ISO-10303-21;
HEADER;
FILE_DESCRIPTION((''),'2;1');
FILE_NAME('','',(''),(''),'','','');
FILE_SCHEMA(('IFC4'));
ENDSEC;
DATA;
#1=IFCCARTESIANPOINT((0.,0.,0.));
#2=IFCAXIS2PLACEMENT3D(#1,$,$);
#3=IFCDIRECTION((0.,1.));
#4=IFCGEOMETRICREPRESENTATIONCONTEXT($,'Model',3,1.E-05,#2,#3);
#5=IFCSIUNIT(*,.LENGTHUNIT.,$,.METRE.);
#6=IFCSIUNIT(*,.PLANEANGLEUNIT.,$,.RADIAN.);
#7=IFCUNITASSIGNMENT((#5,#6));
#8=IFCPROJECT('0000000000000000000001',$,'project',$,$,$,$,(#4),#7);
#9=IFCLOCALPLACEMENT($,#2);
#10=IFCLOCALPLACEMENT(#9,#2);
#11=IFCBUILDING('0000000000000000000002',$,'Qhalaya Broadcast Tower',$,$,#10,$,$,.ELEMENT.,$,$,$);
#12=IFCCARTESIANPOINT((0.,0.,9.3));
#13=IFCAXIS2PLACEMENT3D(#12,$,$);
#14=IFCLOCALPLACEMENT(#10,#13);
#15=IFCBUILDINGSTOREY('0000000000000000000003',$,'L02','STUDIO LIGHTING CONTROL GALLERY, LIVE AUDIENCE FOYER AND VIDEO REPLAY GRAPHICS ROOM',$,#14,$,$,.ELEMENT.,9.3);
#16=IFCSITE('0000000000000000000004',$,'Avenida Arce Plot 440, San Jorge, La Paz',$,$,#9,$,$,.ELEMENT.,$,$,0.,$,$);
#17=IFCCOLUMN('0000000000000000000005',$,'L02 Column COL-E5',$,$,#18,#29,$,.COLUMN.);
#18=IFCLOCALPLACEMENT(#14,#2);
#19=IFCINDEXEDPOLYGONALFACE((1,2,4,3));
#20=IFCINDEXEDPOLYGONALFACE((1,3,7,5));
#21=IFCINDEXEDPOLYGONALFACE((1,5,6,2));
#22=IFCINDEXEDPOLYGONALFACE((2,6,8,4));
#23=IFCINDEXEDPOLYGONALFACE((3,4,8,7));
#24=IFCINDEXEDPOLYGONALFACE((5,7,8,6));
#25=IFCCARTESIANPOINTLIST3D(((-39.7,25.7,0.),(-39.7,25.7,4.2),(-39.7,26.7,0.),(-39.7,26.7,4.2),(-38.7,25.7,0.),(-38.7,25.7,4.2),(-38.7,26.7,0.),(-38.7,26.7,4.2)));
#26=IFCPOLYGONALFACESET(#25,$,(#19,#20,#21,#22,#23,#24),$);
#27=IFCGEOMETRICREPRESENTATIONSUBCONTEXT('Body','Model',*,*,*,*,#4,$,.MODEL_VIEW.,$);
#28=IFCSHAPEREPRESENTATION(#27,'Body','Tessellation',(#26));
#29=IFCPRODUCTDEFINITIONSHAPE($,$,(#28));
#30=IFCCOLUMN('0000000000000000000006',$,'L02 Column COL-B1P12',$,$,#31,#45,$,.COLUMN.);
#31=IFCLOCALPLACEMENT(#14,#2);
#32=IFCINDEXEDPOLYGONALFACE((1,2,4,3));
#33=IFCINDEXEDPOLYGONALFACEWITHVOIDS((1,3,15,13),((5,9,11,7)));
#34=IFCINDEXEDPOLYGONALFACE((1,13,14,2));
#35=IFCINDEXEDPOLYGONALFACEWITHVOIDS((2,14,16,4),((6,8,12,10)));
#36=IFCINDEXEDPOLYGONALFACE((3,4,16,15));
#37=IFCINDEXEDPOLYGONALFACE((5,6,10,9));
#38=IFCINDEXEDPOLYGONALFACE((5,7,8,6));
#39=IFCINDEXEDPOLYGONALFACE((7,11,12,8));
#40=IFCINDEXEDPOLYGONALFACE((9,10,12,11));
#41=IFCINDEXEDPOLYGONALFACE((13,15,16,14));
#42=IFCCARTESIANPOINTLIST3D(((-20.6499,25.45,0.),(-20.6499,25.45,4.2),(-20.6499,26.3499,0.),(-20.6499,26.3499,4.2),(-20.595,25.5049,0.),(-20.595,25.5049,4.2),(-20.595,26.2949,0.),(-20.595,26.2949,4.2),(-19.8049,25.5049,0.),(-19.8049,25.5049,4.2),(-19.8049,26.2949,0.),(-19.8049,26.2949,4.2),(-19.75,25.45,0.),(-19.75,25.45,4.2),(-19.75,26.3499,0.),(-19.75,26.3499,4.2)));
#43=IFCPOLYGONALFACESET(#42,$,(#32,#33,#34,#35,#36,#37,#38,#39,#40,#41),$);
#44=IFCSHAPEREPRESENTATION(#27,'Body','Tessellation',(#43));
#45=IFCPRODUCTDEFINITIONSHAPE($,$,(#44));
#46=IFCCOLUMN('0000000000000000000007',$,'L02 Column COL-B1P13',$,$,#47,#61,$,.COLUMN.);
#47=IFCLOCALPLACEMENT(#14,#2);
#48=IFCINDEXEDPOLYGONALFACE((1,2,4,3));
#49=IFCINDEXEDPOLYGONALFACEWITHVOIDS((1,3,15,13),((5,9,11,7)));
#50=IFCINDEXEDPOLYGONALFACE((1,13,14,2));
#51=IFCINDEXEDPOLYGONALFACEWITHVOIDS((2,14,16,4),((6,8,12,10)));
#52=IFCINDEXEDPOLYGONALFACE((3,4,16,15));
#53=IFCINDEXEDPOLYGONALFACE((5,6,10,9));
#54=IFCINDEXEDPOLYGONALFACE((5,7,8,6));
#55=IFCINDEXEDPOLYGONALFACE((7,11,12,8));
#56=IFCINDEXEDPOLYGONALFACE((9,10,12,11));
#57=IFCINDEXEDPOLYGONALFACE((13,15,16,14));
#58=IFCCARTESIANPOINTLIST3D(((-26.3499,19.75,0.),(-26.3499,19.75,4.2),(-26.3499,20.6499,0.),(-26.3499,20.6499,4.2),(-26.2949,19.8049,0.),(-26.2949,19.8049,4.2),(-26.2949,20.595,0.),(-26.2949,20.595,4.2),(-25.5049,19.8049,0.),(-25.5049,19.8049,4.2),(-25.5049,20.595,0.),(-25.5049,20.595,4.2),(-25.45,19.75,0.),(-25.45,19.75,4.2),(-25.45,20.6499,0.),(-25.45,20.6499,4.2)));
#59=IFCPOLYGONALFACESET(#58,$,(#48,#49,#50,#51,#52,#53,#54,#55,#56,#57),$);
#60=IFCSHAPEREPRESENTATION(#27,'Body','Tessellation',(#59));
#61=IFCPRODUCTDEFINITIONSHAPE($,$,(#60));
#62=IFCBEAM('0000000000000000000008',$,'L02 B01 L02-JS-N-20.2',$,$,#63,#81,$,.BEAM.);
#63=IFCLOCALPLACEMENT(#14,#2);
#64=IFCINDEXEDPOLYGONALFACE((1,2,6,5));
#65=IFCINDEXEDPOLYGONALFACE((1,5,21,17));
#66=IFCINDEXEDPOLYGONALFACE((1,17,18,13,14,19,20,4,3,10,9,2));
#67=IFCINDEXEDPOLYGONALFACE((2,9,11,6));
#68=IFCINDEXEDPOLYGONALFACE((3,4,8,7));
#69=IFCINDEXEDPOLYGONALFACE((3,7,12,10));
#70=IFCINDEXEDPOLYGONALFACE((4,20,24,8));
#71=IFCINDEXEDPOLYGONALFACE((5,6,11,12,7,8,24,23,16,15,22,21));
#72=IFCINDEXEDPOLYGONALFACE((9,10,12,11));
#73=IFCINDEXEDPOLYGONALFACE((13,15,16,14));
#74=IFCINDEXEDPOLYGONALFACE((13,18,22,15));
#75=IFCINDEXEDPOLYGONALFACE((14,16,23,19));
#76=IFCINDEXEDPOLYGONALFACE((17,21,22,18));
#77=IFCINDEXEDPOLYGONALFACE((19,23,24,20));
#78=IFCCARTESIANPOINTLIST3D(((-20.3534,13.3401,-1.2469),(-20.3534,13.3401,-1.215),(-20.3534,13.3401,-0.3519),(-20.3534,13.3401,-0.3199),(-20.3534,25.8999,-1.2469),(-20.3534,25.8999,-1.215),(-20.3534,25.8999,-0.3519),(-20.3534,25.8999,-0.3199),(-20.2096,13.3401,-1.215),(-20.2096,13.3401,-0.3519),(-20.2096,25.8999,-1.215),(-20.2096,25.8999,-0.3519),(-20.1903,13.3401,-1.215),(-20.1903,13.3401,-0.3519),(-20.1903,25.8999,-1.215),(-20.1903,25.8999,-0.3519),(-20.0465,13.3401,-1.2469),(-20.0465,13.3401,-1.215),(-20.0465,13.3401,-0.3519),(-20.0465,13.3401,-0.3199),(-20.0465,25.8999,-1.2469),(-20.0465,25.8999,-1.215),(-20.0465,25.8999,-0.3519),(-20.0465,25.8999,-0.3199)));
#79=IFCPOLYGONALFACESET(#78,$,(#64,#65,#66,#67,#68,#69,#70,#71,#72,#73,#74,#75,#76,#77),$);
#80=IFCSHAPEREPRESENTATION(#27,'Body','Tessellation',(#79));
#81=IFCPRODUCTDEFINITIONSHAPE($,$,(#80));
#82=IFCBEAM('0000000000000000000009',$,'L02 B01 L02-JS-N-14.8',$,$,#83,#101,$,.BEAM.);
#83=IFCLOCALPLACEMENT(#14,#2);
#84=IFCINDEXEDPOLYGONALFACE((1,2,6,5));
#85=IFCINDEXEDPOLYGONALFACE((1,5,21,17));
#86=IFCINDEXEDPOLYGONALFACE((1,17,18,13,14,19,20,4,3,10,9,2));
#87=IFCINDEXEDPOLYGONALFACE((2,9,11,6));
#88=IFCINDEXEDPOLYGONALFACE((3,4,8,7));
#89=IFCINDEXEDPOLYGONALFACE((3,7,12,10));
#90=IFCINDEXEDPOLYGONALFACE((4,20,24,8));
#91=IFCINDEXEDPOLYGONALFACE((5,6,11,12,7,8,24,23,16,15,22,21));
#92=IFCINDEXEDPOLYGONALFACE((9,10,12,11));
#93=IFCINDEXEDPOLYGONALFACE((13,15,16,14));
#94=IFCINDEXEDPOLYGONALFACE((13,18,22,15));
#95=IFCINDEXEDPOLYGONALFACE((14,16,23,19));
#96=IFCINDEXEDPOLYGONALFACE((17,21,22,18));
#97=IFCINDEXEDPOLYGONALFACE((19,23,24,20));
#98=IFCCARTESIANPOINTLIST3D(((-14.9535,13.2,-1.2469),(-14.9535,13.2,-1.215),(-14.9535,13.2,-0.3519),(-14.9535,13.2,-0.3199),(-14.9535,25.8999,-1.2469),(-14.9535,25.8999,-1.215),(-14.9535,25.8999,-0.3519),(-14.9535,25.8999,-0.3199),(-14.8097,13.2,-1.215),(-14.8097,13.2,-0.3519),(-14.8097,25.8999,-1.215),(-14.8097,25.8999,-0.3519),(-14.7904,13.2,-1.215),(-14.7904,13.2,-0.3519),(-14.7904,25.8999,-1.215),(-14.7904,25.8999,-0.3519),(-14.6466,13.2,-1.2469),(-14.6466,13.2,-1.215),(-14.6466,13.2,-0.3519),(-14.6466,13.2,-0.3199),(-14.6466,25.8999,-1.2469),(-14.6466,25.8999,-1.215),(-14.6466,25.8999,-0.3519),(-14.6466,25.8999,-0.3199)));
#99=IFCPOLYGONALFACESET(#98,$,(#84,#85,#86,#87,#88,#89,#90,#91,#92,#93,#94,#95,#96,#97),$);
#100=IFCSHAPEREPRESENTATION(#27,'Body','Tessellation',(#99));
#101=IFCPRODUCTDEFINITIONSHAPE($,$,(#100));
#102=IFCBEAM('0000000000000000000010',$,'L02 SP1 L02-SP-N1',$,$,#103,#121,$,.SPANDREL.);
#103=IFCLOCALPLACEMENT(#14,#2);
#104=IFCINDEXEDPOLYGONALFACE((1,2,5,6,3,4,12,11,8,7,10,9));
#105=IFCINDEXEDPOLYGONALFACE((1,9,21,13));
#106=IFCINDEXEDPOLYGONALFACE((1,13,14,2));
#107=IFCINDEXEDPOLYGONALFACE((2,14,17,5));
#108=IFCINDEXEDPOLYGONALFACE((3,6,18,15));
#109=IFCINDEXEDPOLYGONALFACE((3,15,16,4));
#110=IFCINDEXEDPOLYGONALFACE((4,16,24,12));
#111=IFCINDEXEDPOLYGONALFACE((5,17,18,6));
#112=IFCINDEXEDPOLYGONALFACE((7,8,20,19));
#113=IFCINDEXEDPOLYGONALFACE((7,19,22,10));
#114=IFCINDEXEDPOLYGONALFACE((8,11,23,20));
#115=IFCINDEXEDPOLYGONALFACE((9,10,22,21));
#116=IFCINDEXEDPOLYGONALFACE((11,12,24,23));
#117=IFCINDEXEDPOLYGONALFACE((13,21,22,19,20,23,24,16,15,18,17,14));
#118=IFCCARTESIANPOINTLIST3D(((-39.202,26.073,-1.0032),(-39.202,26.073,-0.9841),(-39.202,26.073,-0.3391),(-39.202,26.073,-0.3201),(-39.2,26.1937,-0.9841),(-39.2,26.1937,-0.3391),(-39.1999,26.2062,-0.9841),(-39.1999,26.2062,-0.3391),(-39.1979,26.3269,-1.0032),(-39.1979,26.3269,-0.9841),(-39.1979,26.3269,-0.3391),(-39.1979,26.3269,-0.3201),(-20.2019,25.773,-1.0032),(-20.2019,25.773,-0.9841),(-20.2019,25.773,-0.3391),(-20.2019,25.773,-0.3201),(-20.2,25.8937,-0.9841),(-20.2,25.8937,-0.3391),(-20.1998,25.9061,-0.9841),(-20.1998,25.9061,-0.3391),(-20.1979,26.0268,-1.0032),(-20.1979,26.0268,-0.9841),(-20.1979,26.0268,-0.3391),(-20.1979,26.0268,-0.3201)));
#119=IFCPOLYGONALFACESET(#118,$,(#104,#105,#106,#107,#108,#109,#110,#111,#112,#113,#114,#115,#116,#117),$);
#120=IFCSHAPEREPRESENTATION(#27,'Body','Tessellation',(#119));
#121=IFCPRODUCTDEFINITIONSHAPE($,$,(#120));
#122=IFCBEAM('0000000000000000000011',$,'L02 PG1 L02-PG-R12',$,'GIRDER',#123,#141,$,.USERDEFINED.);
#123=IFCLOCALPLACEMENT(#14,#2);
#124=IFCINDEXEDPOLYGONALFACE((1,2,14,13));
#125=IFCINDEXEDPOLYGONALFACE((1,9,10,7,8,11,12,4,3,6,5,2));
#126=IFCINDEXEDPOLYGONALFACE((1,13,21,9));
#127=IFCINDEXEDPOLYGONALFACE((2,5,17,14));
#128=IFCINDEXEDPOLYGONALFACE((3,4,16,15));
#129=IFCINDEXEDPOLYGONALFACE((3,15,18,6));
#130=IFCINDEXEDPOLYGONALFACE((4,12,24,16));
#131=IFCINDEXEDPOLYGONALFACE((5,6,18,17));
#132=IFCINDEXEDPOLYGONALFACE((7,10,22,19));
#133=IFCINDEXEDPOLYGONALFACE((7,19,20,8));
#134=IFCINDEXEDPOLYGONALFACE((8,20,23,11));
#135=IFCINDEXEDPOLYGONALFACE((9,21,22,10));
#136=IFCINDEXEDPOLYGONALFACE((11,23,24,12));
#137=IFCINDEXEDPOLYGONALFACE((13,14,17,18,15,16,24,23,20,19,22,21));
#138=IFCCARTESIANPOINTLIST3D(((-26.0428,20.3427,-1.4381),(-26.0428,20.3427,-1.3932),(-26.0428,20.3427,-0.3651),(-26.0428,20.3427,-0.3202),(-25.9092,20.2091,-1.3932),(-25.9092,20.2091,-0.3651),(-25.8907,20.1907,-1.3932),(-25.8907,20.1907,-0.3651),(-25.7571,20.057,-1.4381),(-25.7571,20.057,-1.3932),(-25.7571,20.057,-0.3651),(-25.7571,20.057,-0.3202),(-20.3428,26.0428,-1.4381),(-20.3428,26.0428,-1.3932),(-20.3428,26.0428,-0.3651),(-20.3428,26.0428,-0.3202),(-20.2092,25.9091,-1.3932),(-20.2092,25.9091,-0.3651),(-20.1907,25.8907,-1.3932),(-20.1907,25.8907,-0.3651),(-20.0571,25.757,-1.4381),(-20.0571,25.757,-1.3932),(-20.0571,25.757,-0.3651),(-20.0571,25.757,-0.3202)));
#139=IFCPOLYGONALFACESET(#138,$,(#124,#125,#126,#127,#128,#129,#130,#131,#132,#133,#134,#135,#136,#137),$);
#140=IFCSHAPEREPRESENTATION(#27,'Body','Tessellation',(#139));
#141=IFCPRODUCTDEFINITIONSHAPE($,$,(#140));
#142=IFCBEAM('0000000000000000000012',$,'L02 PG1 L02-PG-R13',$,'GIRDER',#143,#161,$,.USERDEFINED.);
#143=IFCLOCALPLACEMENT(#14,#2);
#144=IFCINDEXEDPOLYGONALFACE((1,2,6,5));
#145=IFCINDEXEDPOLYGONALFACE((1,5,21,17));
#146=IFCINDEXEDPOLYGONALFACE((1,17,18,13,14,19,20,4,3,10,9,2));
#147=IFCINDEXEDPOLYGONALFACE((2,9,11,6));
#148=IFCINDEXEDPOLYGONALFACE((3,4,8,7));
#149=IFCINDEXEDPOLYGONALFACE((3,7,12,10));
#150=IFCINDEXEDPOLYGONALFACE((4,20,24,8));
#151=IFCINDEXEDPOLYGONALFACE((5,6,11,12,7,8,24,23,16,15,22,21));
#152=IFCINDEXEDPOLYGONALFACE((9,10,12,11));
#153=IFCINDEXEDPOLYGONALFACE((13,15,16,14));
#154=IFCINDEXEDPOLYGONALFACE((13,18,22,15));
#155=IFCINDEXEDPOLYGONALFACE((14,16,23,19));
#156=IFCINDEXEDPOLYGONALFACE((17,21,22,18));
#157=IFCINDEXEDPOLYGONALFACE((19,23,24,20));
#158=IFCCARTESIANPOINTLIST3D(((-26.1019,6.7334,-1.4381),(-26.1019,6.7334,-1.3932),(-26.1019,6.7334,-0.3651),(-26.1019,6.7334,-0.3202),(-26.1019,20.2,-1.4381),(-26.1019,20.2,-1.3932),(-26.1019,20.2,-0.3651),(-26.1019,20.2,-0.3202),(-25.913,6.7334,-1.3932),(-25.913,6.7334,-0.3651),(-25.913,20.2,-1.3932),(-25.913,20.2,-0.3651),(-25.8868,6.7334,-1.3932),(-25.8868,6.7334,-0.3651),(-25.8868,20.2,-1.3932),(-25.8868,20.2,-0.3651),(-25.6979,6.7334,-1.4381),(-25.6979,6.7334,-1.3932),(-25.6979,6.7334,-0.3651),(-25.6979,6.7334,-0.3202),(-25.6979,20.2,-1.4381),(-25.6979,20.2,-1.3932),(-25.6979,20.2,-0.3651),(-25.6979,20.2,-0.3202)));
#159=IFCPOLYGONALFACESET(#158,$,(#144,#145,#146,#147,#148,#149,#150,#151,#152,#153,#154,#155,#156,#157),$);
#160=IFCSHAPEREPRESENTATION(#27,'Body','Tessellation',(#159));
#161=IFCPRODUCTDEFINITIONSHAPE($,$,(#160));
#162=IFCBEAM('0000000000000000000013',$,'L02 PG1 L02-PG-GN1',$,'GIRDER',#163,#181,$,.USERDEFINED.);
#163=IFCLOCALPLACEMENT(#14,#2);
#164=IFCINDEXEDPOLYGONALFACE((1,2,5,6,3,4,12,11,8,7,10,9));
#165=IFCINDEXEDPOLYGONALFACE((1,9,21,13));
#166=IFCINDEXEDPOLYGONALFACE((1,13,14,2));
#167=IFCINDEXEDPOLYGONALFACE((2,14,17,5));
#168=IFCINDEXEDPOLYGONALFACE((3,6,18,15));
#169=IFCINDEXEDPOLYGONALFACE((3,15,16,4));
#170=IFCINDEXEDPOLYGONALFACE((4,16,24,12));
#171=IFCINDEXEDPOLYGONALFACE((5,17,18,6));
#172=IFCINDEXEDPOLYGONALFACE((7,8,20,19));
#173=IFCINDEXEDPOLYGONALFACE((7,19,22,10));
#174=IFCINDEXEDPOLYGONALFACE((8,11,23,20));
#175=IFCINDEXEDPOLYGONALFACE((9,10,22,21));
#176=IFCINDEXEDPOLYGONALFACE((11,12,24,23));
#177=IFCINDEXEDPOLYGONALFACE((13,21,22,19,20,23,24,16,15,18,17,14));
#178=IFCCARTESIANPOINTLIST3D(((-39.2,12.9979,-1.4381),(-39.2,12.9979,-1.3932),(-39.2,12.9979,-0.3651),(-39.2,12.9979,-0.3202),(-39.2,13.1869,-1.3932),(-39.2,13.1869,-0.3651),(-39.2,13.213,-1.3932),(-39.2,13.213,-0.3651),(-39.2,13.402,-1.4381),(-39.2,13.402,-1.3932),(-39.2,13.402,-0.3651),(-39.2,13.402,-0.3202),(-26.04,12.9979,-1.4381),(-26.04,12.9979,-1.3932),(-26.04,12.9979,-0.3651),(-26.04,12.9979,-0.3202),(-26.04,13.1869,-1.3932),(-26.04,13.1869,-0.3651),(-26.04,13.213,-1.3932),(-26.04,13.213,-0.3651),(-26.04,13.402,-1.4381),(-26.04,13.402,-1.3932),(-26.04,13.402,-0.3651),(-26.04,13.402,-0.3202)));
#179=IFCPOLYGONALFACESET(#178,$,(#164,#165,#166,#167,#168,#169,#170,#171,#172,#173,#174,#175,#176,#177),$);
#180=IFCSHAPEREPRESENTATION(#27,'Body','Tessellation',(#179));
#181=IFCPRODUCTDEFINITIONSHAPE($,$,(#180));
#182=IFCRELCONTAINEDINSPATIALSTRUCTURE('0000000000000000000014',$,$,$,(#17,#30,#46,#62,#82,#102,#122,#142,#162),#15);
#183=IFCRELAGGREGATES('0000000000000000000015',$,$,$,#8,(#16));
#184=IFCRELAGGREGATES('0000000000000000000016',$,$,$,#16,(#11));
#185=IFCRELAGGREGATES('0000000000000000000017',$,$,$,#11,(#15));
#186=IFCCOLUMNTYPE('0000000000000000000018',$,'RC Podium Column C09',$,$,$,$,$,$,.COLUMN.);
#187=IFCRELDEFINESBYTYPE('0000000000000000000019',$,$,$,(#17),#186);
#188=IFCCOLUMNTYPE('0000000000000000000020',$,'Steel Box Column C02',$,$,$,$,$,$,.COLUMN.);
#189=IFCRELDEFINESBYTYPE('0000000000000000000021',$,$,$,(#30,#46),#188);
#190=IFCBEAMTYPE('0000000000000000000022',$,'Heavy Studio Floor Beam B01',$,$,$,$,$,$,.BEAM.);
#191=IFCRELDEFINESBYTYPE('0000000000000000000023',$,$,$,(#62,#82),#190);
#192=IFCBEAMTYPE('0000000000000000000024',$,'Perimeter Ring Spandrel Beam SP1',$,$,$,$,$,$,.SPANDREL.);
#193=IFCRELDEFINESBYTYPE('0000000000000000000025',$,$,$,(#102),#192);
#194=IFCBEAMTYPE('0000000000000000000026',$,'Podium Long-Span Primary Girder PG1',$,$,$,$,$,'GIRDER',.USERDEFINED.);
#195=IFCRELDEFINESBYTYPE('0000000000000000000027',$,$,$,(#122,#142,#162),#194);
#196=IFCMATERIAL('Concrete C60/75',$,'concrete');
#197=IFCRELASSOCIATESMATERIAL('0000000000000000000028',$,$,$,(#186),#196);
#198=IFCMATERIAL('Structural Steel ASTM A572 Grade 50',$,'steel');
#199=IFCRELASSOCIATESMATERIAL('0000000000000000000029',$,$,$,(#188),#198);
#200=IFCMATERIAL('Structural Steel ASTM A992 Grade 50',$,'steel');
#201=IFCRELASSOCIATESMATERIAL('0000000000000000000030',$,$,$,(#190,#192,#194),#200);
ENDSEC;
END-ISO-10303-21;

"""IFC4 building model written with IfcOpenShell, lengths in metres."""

from ifc_helpers import new_model, si_unit, direction, frame, origin, origin_2d, place, context, subcontext, project, spatial, rectangle, hollow_rectangle, i_section, extrude, material, material_profile, profile_set, type_object, element, save


model = new_model("IFC4")

# Units and contexts
model_context = context("Model", 3, precision=1e-05, world=origin(), true_north=direction((0.0, 1.0)))
body_context = subcontext(model_context, "Body", "Model", "MODEL_VIEW")
ifc_project = project(units=[si_unit("LENGTHUNIT", "METRE"), si_unit("PLANEANGLEUNIT", "RADIAN")], contexts=[model_context])

# Site, building, storey
site_placement = place(None, origin())
site = spatial("IfcSite", under=ifc_project, at=site_placement, Name="Avenida Arce Plot 440, San Jorge, La Paz", CompositionType="ELEMENT", RefElevation=0.0)
building_placement = place(site_placement, origin())
building = spatial("IfcBuilding", under=site, at=building_placement, Name="Qhalaya Broadcast Tower", CompositionType="ELEMENT")
storey_placement = place(building_placement, frame((0.0, 0.0, 9.3)))
storey = spatial("IfcBuildingStorey", under=building, at=storey_placement, Name="L02", Description="STUDIO LIGHTING CONTROL GALLERY, LIVE AUDIENCE FOYER AND VIDEO REPLAY GRAPHICS ROOM", CompositionType="ELEMENT", Elevation=9.3)

# Columns
ifc_material_1 = material(Name="Concrete C60/75", Category="concrete")
ifc_material_profile_1 = material_profile(ifc_material_1, rectangle(XDim=1.0, YDim=1.0, at=origin_2d()), Name="RC-COL 1000x1000")
ifc_profile_set_1 = profile_set([ifc_material_profile_1], Name="Concrete C60/75")
column_type_1 = type_object("IfcColumnType", Name="RC Podium Column C09", PredefinedType="COLUMN", material=ifc_profile_set_1)
column_placement = place(storey_placement, frame((-39.2, 26.2, 0.0), z_axis=(0.0, 0.0, 1.0), x_axis=(1.0, 0.0, 0.0)))
element("IfcColumn", 1, at=column_placement, inside=storey, type_object=column_type_1, Name="L02 Column COL-E5", PredefinedType="COLUMN", context=body_context, shape_type="SweptSolid", body=[
    extrude(rectangle(XDim=1.0, YDim=1.0, at=origin_2d()), origin(), (0.0, 0.0, 1.0), 4.2),
])
ifc_material_2 = material(Name="Structural Steel ASTM A572 Grade 50", Category="steel")
ifc_material_profile_2 = material_profile(ifc_material_2, hollow_rectangle(XDim=0.8999, YDim=0.8999, WallThickness=0.0549, at=origin_2d()), Name="BOX 900x900x55")
ifc_profile_set_2 = profile_set([ifc_material_profile_2], Name="Structural Steel ASTM A572 Grade 50")
column_type_2 = type_object("IfcColumnType", Name="Steel Box Column C02", PredefinedType="COLUMN", material=ifc_profile_set_2)
for number, where, z_axis, x_axis, name in (
    (2, (-20.2, 25.8999, 0.0), (0.0, 0.0, 1.0), (1.0, 0.0, 0.0), "L02 Column COL-B1P12"),
    (3, (-25.8999, 20.2, 0.0), (0.0, 0.0, 1.0), (0.0, 1.0, 0.0), "L02 Column COL-B1P13"),
):
    element("IfcColumn", number, at=place(storey_placement, frame(where, z_axis=z_axis, x_axis=x_axis)), inside=storey, type_object=column_type_2, Name=name, PredefinedType="COLUMN", context=body_context, shape_type="SweptSolid", body=[
        extrude(hollow_rectangle(XDim=0.8999, YDim=0.8999, WallThickness=0.0549, at=origin_2d()), origin(), (0.0, 0.0, 1.0), 4.2),
    ])

# Beams
ifc_material_3 = material(Name="Structural Steel ASTM A992 Grade 50", Category="steel")
ifc_material_profile_3 = material_profile(ifc_material_3, i_section(OverallWidth=0.3069, OverallDepth=0.927, WebThickness=0.0193, FlangeThickness=0.032, at=origin_2d()), Name="W36X194")
ifc_profile_set_3 = profile_set([ifc_material_profile_3], Name="Structural Steel ASTM A992 Grade 50")
beam_type_1 = type_object("IfcBeamType", Name="Heavy Studio Floor Beam B01", PredefinedType="BEAM", material=ifc_profile_set_3)
beam_1_placement = place(storey_placement, frame((-20.2, 13.3401, -0.7834), z_axis=(0.0, 1.0, 0.0), x_axis=(-1.0, 0.0, 0.0)))
element("IfcBeam", 4, at=beam_1_placement, inside=storey, type_object=beam_type_1, Name="L02 B01 L02-JS-N-20.2", PredefinedType="BEAM", context=body_context, shape_type="SweptSolid", body=[
    extrude(i_section(OverallWidth=0.3069, OverallDepth=0.927, WebThickness=0.0193, FlangeThickness=0.032, at=origin_2d()), origin(), (0.0, 0.0, 1.0), 12.5598),
])
beam_2_placement = place(storey_placement, frame((-14.8, 13.2, -0.7834), z_axis=(0.0, 1.0, 0.0), x_axis=(-1.0, 0.0, 0.0)))
element("IfcBeam", 5, at=beam_2_placement, inside=storey, type_object=beam_type_1, Name="L02 B01 L02-JS-N-14.8", PredefinedType="BEAM", context=body_context, shape_type="SweptSolid", body=[
    extrude(i_section(OverallWidth=0.3069, OverallDepth=0.927, WebThickness=0.0193, FlangeThickness=0.032, at=origin_2d()), origin(), (0.0, 0.0, 1.0), 12.7),
])
ifc_material_profile_4 = material_profile(ifc_material_3, i_section(OverallWidth=0.2539, OverallDepth=0.6831, WebThickness=0.0125, FlangeThickness=0.019, at=origin_2d()), Name="W27X94")
ifc_profile_set_4 = profile_set([ifc_material_profile_4], Name="Structural Steel ASTM A992 Grade 50")
beam_type_2 = type_object("IfcBeamType", Name="Perimeter Ring Spandrel Beam SP1", PredefinedType="SPANDREL", material=ifc_profile_set_4)
beam_3_placement = place(storey_placement, frame((-39.2, 26.2, -0.6616), z_axis=(0.999875, -0.01579, 0.0), x_axis=(0.01579, 0.999875, 0.0)))
element("IfcBeam", 6, at=beam_3_placement, inside=storey, type_object=beam_type_2, Name="L02 SP1 L02-SP-N1", PredefinedType="SPANDREL", context=body_context, shape_type="SweptSolid", body=[
    extrude(i_section(OverallWidth=0.2539, OverallDepth=0.6831, WebThickness=0.0125, FlangeThickness=0.019, at=origin_2d()), origin(), (0.0, 0.0, 1.0), 19.0024),
])
ifc_material_profile_5 = material_profile(ifc_material_3, i_section(OverallWidth=0.4041, OverallDepth=1.1179, WebThickness=0.0261, FlangeThickness=0.0449, at=origin_2d()), Name="W44X335")
ifc_profile_set_5 = profile_set([ifc_material_profile_5], Name="Structural Steel ASTM A992 Grade 50")
beam_type_3 = type_object("IfcBeamType", Name="Podium Long-Span Primary Girder PG1", ElementType="GIRDER", PredefinedType="USERDEFINED", material=ifc_profile_set_5)
beam_4_placement = place(storey_placement, frame((-20.2, 25.8999, -0.8792), z_axis=(-0.707107, -0.707107, 0.0), x_axis=(0.707107, -0.707107, 0.0)))
element("IfcBeam", 7, at=beam_4_placement, inside=storey, type_object=beam_type_3, Name="L02 PG1 L02-PG-R12", ObjectType="GIRDER", PredefinedType="USERDEFINED", context=body_context, shape_type="SweptSolid", body=[
    extrude(i_section(OverallWidth=0.4041, OverallDepth=1.1179, WebThickness=0.0261, FlangeThickness=0.0449, at=origin_2d()), origin(), (0.0, 0.0, 1.0), 8.061),
])
beam_5_placement = place(storey_placement, frame((-25.8999, 20.2, -0.8792), z_axis=(0.0, -1.0, 0.0), x_axis=(1.0, 0.0, 0.0)))
element("IfcBeam", 8, at=beam_5_placement, inside=storey, type_object=beam_type_3, Name="L02 PG1 L02-PG-R13", ObjectType="GIRDER", PredefinedType="USERDEFINED", context=body_context, shape_type="SweptSolid", body=[
    extrude(i_section(OverallWidth=0.4041, OverallDepth=1.1179, WebThickness=0.0261, FlangeThickness=0.0449, at=origin_2d()), origin(), (0.0, 0.0, 1.0), 13.4666),
])
beam_6_placement = place(storey_placement, frame((-39.2, 13.2, -0.8792), z_axis=(1.0, 0.0, 0.0), x_axis=(0.0, 1.0, 0.0)))
element("IfcBeam", 9, at=beam_6_placement, inside=storey, type_object=beam_type_3, Name="L02 PG1 L02-PG-GN1", ObjectType="GIRDER", PredefinedType="USERDEFINED", context=body_context, shape_type="SweptSolid", body=[
    extrude(i_section(OverallWidth=0.4041, OverallDepth=1.1179, WebThickness=0.0261, FlangeThickness=0.0449, at=origin_2d()), origin(), (0.0, 0.0, 1.0), 13.1599),
])

save(model, "model.ifc")
